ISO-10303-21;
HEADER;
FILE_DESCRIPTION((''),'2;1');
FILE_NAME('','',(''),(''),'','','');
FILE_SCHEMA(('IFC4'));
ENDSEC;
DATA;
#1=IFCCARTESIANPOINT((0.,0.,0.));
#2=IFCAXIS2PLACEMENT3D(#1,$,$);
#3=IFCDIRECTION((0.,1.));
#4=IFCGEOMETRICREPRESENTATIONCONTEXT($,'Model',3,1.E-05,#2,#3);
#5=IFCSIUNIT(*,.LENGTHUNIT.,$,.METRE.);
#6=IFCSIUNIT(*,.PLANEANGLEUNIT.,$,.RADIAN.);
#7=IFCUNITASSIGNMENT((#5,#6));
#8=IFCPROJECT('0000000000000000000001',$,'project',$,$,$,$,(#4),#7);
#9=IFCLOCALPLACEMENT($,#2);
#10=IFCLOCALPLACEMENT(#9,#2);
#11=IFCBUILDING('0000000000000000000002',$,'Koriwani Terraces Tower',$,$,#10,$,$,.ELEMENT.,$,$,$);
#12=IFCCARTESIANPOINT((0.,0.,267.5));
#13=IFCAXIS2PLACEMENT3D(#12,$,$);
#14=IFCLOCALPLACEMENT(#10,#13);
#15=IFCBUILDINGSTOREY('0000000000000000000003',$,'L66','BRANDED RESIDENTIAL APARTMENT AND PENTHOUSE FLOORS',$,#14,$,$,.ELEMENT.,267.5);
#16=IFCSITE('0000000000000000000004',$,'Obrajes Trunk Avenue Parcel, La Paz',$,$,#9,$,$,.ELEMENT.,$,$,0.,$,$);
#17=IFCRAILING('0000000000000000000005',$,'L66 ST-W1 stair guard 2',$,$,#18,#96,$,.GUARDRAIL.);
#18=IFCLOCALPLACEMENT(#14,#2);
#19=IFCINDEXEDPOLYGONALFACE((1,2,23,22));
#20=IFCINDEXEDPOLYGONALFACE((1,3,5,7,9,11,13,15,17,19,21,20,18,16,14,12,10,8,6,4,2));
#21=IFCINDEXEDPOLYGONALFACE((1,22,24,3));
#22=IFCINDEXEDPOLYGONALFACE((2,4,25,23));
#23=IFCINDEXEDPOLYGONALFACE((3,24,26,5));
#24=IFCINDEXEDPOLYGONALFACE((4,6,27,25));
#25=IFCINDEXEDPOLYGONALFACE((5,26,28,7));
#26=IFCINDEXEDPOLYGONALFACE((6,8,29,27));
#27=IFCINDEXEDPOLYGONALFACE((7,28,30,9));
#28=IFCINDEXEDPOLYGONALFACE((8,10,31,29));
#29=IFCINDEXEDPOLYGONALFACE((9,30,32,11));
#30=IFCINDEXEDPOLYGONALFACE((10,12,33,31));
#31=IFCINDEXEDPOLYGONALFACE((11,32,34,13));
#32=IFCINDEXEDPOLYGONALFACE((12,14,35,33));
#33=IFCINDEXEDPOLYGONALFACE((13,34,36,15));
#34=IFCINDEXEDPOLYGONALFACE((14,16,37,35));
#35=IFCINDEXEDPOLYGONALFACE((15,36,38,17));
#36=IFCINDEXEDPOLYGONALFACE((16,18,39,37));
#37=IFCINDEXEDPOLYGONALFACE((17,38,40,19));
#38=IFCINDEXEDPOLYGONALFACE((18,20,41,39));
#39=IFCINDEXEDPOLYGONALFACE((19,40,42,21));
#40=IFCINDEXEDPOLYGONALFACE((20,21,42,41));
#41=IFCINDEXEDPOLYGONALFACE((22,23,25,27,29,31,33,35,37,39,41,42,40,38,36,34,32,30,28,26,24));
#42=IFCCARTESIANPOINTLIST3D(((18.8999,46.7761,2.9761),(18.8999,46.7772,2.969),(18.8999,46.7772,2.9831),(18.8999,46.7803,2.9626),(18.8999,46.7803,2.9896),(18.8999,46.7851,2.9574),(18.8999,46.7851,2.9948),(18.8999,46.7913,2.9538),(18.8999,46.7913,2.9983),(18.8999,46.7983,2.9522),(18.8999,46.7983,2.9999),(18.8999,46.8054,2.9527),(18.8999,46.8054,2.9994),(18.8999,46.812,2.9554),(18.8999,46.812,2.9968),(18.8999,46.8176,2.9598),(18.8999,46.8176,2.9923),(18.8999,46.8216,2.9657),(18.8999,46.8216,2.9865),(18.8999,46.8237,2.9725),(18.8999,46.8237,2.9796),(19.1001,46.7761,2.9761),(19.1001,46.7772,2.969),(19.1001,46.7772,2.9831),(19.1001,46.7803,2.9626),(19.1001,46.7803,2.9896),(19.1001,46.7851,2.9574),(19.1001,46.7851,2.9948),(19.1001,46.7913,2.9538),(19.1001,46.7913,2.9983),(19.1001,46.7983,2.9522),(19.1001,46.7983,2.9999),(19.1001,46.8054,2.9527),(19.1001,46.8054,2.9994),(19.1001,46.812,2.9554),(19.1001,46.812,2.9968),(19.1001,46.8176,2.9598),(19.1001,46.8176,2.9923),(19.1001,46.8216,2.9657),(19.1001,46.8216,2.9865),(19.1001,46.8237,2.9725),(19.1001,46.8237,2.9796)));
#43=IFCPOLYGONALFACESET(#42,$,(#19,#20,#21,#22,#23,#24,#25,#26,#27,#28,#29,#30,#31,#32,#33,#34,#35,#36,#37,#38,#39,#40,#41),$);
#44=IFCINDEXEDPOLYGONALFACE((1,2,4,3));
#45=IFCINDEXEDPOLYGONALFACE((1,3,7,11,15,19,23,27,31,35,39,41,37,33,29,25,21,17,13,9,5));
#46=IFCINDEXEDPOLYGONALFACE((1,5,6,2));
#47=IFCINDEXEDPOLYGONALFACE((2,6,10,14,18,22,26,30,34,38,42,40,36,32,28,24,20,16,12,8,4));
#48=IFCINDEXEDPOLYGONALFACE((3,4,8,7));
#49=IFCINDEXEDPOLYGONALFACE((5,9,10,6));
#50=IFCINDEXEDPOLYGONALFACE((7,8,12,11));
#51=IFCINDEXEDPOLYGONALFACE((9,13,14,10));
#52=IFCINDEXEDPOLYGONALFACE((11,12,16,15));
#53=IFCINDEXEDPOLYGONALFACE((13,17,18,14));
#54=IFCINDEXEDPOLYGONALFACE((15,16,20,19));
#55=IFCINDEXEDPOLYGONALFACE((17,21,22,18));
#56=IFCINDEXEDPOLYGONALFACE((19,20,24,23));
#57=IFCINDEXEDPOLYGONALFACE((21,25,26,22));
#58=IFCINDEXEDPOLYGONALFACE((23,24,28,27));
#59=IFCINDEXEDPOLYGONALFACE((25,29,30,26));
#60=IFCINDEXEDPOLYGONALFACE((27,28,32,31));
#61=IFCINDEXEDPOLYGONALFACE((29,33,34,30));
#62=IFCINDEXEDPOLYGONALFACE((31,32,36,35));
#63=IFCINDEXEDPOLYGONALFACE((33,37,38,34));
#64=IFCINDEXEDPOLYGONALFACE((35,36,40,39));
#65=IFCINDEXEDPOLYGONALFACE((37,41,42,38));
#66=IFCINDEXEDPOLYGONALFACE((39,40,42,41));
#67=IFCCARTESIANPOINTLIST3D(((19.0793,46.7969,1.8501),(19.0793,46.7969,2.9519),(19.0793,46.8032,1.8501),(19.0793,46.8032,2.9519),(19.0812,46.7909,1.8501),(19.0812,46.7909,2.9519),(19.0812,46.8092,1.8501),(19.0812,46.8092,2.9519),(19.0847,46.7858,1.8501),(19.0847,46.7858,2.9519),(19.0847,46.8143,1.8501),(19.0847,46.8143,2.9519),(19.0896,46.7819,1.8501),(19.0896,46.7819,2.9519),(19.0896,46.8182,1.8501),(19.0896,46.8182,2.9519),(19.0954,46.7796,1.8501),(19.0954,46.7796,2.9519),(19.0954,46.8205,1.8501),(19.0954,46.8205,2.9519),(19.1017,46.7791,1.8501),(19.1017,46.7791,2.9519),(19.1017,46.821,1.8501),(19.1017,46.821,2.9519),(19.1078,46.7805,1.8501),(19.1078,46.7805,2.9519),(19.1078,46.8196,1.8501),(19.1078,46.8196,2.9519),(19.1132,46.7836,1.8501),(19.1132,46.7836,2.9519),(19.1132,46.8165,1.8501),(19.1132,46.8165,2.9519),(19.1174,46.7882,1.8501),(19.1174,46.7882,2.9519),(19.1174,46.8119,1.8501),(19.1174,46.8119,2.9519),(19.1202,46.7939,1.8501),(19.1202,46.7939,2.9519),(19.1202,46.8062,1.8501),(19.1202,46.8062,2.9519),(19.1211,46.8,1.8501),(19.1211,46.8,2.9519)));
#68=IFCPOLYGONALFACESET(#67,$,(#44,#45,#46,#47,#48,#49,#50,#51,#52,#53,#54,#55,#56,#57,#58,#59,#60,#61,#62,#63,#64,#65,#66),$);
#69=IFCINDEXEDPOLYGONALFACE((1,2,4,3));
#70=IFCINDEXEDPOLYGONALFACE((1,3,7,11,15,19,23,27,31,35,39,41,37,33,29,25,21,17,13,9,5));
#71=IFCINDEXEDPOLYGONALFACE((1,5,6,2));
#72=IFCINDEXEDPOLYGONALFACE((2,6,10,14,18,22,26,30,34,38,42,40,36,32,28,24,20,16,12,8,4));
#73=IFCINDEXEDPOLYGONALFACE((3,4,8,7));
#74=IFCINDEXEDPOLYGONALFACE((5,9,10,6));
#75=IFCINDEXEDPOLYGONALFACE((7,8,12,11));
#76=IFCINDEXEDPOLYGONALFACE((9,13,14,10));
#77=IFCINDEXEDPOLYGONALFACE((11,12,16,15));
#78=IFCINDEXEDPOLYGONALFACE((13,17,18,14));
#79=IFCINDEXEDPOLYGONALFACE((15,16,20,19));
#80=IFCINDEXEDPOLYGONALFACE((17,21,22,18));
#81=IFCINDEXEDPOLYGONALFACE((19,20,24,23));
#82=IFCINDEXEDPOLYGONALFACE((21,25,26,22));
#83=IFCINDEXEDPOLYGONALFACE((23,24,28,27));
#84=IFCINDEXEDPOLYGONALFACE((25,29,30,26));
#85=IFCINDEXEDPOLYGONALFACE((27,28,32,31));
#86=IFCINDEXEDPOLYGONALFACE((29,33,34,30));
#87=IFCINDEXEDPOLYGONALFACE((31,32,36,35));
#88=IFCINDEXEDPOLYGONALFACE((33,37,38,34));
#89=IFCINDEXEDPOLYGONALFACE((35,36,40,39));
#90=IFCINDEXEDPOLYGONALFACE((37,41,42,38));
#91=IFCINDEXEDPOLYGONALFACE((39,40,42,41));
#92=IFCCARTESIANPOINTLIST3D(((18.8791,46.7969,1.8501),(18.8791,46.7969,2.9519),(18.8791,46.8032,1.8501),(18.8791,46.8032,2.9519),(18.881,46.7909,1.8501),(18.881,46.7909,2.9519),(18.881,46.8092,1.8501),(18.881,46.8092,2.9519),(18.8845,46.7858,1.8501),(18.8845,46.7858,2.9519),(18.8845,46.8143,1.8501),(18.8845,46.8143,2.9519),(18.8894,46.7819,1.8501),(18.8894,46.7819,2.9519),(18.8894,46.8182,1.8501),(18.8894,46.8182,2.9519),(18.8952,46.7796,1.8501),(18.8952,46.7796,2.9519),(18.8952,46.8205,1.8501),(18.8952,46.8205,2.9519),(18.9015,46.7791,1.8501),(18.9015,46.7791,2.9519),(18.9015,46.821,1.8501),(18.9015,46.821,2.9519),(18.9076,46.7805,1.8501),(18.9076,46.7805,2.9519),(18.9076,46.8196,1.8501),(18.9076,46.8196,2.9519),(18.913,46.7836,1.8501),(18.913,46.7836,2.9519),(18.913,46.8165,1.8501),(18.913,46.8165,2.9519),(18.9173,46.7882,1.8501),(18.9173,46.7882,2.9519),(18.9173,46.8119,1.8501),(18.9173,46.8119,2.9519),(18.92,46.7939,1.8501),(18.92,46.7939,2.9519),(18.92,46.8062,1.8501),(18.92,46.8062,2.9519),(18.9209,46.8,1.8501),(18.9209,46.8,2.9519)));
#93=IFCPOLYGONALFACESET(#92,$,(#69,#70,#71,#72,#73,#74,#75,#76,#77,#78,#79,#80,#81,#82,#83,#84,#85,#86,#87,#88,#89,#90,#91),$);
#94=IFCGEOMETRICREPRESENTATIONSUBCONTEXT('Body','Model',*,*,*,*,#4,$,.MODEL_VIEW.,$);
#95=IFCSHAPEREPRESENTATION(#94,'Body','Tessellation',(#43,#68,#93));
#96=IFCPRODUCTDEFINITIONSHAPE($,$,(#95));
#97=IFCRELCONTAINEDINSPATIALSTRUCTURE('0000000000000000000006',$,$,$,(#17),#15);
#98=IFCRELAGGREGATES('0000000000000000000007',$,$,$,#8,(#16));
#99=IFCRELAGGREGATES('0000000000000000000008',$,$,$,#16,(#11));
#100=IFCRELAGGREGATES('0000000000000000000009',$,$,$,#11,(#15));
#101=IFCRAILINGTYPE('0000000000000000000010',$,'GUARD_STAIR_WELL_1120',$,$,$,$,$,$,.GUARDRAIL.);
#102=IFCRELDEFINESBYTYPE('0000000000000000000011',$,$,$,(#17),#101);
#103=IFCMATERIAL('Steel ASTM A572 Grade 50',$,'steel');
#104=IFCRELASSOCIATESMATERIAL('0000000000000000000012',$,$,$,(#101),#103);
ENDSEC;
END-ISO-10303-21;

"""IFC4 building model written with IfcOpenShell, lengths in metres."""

from ifc_helpers import new_model, si_unit, direction, frame, origin, origin_2d, place, context, subcontext, project, spatial, circle, extrude, material, type_object, element, save


model = new_model("IFC4")

# Units and contexts
model_context = context("Model", 3, precision=1e-05, world=origin(), true_north=direction((0.0, 1.0)))
body_context = subcontext(model_context, "Body", "Model", "MODEL_VIEW")
ifc_project = project(units=[si_unit("LENGTHUNIT", "METRE"), si_unit("PLANEANGLEUNIT", "RADIAN")], contexts=[model_context])

# Site, building, storey
site_placement = place(None, origin())
site = spatial("IfcSite", under=ifc_project, at=site_placement, Name="Obrajes Trunk Avenue Parcel, La Paz", CompositionType="ELEMENT", RefElevation=0.0)
building_placement = place(site_placement, origin())
building = spatial("IfcBuilding", under=site, at=building_placement, Name="Koriwani Terraces Tower", CompositionType="ELEMENT")
storey_placement = place(building_placement, frame((0.0, 0.0, 267.5)))
storey = spatial("IfcBuildingStorey", under=building, at=storey_placement, Name="L66", Description="BRANDED RESIDENTIAL APARTMENT AND PENTHOUSE FLOORS", CompositionType="ELEMENT", Elevation=267.5)

# Shared definitions
ifc_material_1 = material(Name="Steel ASTM A572 Grade 50", Category="steel")

# Railing
railing_type_1 = type_object("IfcRailingType", Name="GUARD_STAIR_WELL_1120", PredefinedType="GUARDRAIL", material=ifc_material_1)
railing_1_placement = place(storey_placement, frame((19.1001, 46.8, 1.8501)))
element("IfcRailing", 1, at=railing_1_placement, inside=storey, type_object=railing_type_1, Name="L66 ST-W1 stair guard 2", PredefinedType="GUARDRAIL", context=body_context, shape_type="SweptSolid", body=[
    extrude(circle(Radius=0.0239, at=origin_2d()), frame((0.0, 0.0, 1.126), z_axis=(-1.0, 0.0, 0.0), x_axis=(0.0, -1.0, 0.0)), (0.0, 0.0, 1.0), 0.2002),
    extrude(circle(Radius=0.021, at=origin_2d()), origin(), (0.0, 0.0, 1.0), 1.1018),
    extrude(circle(Radius=0.021, at=origin_2d()), frame((-0.2002, 0.0, 0.0)), (0.0, 0.0, 1.0), 1.1018),
])

save(model, "model.ifc")
